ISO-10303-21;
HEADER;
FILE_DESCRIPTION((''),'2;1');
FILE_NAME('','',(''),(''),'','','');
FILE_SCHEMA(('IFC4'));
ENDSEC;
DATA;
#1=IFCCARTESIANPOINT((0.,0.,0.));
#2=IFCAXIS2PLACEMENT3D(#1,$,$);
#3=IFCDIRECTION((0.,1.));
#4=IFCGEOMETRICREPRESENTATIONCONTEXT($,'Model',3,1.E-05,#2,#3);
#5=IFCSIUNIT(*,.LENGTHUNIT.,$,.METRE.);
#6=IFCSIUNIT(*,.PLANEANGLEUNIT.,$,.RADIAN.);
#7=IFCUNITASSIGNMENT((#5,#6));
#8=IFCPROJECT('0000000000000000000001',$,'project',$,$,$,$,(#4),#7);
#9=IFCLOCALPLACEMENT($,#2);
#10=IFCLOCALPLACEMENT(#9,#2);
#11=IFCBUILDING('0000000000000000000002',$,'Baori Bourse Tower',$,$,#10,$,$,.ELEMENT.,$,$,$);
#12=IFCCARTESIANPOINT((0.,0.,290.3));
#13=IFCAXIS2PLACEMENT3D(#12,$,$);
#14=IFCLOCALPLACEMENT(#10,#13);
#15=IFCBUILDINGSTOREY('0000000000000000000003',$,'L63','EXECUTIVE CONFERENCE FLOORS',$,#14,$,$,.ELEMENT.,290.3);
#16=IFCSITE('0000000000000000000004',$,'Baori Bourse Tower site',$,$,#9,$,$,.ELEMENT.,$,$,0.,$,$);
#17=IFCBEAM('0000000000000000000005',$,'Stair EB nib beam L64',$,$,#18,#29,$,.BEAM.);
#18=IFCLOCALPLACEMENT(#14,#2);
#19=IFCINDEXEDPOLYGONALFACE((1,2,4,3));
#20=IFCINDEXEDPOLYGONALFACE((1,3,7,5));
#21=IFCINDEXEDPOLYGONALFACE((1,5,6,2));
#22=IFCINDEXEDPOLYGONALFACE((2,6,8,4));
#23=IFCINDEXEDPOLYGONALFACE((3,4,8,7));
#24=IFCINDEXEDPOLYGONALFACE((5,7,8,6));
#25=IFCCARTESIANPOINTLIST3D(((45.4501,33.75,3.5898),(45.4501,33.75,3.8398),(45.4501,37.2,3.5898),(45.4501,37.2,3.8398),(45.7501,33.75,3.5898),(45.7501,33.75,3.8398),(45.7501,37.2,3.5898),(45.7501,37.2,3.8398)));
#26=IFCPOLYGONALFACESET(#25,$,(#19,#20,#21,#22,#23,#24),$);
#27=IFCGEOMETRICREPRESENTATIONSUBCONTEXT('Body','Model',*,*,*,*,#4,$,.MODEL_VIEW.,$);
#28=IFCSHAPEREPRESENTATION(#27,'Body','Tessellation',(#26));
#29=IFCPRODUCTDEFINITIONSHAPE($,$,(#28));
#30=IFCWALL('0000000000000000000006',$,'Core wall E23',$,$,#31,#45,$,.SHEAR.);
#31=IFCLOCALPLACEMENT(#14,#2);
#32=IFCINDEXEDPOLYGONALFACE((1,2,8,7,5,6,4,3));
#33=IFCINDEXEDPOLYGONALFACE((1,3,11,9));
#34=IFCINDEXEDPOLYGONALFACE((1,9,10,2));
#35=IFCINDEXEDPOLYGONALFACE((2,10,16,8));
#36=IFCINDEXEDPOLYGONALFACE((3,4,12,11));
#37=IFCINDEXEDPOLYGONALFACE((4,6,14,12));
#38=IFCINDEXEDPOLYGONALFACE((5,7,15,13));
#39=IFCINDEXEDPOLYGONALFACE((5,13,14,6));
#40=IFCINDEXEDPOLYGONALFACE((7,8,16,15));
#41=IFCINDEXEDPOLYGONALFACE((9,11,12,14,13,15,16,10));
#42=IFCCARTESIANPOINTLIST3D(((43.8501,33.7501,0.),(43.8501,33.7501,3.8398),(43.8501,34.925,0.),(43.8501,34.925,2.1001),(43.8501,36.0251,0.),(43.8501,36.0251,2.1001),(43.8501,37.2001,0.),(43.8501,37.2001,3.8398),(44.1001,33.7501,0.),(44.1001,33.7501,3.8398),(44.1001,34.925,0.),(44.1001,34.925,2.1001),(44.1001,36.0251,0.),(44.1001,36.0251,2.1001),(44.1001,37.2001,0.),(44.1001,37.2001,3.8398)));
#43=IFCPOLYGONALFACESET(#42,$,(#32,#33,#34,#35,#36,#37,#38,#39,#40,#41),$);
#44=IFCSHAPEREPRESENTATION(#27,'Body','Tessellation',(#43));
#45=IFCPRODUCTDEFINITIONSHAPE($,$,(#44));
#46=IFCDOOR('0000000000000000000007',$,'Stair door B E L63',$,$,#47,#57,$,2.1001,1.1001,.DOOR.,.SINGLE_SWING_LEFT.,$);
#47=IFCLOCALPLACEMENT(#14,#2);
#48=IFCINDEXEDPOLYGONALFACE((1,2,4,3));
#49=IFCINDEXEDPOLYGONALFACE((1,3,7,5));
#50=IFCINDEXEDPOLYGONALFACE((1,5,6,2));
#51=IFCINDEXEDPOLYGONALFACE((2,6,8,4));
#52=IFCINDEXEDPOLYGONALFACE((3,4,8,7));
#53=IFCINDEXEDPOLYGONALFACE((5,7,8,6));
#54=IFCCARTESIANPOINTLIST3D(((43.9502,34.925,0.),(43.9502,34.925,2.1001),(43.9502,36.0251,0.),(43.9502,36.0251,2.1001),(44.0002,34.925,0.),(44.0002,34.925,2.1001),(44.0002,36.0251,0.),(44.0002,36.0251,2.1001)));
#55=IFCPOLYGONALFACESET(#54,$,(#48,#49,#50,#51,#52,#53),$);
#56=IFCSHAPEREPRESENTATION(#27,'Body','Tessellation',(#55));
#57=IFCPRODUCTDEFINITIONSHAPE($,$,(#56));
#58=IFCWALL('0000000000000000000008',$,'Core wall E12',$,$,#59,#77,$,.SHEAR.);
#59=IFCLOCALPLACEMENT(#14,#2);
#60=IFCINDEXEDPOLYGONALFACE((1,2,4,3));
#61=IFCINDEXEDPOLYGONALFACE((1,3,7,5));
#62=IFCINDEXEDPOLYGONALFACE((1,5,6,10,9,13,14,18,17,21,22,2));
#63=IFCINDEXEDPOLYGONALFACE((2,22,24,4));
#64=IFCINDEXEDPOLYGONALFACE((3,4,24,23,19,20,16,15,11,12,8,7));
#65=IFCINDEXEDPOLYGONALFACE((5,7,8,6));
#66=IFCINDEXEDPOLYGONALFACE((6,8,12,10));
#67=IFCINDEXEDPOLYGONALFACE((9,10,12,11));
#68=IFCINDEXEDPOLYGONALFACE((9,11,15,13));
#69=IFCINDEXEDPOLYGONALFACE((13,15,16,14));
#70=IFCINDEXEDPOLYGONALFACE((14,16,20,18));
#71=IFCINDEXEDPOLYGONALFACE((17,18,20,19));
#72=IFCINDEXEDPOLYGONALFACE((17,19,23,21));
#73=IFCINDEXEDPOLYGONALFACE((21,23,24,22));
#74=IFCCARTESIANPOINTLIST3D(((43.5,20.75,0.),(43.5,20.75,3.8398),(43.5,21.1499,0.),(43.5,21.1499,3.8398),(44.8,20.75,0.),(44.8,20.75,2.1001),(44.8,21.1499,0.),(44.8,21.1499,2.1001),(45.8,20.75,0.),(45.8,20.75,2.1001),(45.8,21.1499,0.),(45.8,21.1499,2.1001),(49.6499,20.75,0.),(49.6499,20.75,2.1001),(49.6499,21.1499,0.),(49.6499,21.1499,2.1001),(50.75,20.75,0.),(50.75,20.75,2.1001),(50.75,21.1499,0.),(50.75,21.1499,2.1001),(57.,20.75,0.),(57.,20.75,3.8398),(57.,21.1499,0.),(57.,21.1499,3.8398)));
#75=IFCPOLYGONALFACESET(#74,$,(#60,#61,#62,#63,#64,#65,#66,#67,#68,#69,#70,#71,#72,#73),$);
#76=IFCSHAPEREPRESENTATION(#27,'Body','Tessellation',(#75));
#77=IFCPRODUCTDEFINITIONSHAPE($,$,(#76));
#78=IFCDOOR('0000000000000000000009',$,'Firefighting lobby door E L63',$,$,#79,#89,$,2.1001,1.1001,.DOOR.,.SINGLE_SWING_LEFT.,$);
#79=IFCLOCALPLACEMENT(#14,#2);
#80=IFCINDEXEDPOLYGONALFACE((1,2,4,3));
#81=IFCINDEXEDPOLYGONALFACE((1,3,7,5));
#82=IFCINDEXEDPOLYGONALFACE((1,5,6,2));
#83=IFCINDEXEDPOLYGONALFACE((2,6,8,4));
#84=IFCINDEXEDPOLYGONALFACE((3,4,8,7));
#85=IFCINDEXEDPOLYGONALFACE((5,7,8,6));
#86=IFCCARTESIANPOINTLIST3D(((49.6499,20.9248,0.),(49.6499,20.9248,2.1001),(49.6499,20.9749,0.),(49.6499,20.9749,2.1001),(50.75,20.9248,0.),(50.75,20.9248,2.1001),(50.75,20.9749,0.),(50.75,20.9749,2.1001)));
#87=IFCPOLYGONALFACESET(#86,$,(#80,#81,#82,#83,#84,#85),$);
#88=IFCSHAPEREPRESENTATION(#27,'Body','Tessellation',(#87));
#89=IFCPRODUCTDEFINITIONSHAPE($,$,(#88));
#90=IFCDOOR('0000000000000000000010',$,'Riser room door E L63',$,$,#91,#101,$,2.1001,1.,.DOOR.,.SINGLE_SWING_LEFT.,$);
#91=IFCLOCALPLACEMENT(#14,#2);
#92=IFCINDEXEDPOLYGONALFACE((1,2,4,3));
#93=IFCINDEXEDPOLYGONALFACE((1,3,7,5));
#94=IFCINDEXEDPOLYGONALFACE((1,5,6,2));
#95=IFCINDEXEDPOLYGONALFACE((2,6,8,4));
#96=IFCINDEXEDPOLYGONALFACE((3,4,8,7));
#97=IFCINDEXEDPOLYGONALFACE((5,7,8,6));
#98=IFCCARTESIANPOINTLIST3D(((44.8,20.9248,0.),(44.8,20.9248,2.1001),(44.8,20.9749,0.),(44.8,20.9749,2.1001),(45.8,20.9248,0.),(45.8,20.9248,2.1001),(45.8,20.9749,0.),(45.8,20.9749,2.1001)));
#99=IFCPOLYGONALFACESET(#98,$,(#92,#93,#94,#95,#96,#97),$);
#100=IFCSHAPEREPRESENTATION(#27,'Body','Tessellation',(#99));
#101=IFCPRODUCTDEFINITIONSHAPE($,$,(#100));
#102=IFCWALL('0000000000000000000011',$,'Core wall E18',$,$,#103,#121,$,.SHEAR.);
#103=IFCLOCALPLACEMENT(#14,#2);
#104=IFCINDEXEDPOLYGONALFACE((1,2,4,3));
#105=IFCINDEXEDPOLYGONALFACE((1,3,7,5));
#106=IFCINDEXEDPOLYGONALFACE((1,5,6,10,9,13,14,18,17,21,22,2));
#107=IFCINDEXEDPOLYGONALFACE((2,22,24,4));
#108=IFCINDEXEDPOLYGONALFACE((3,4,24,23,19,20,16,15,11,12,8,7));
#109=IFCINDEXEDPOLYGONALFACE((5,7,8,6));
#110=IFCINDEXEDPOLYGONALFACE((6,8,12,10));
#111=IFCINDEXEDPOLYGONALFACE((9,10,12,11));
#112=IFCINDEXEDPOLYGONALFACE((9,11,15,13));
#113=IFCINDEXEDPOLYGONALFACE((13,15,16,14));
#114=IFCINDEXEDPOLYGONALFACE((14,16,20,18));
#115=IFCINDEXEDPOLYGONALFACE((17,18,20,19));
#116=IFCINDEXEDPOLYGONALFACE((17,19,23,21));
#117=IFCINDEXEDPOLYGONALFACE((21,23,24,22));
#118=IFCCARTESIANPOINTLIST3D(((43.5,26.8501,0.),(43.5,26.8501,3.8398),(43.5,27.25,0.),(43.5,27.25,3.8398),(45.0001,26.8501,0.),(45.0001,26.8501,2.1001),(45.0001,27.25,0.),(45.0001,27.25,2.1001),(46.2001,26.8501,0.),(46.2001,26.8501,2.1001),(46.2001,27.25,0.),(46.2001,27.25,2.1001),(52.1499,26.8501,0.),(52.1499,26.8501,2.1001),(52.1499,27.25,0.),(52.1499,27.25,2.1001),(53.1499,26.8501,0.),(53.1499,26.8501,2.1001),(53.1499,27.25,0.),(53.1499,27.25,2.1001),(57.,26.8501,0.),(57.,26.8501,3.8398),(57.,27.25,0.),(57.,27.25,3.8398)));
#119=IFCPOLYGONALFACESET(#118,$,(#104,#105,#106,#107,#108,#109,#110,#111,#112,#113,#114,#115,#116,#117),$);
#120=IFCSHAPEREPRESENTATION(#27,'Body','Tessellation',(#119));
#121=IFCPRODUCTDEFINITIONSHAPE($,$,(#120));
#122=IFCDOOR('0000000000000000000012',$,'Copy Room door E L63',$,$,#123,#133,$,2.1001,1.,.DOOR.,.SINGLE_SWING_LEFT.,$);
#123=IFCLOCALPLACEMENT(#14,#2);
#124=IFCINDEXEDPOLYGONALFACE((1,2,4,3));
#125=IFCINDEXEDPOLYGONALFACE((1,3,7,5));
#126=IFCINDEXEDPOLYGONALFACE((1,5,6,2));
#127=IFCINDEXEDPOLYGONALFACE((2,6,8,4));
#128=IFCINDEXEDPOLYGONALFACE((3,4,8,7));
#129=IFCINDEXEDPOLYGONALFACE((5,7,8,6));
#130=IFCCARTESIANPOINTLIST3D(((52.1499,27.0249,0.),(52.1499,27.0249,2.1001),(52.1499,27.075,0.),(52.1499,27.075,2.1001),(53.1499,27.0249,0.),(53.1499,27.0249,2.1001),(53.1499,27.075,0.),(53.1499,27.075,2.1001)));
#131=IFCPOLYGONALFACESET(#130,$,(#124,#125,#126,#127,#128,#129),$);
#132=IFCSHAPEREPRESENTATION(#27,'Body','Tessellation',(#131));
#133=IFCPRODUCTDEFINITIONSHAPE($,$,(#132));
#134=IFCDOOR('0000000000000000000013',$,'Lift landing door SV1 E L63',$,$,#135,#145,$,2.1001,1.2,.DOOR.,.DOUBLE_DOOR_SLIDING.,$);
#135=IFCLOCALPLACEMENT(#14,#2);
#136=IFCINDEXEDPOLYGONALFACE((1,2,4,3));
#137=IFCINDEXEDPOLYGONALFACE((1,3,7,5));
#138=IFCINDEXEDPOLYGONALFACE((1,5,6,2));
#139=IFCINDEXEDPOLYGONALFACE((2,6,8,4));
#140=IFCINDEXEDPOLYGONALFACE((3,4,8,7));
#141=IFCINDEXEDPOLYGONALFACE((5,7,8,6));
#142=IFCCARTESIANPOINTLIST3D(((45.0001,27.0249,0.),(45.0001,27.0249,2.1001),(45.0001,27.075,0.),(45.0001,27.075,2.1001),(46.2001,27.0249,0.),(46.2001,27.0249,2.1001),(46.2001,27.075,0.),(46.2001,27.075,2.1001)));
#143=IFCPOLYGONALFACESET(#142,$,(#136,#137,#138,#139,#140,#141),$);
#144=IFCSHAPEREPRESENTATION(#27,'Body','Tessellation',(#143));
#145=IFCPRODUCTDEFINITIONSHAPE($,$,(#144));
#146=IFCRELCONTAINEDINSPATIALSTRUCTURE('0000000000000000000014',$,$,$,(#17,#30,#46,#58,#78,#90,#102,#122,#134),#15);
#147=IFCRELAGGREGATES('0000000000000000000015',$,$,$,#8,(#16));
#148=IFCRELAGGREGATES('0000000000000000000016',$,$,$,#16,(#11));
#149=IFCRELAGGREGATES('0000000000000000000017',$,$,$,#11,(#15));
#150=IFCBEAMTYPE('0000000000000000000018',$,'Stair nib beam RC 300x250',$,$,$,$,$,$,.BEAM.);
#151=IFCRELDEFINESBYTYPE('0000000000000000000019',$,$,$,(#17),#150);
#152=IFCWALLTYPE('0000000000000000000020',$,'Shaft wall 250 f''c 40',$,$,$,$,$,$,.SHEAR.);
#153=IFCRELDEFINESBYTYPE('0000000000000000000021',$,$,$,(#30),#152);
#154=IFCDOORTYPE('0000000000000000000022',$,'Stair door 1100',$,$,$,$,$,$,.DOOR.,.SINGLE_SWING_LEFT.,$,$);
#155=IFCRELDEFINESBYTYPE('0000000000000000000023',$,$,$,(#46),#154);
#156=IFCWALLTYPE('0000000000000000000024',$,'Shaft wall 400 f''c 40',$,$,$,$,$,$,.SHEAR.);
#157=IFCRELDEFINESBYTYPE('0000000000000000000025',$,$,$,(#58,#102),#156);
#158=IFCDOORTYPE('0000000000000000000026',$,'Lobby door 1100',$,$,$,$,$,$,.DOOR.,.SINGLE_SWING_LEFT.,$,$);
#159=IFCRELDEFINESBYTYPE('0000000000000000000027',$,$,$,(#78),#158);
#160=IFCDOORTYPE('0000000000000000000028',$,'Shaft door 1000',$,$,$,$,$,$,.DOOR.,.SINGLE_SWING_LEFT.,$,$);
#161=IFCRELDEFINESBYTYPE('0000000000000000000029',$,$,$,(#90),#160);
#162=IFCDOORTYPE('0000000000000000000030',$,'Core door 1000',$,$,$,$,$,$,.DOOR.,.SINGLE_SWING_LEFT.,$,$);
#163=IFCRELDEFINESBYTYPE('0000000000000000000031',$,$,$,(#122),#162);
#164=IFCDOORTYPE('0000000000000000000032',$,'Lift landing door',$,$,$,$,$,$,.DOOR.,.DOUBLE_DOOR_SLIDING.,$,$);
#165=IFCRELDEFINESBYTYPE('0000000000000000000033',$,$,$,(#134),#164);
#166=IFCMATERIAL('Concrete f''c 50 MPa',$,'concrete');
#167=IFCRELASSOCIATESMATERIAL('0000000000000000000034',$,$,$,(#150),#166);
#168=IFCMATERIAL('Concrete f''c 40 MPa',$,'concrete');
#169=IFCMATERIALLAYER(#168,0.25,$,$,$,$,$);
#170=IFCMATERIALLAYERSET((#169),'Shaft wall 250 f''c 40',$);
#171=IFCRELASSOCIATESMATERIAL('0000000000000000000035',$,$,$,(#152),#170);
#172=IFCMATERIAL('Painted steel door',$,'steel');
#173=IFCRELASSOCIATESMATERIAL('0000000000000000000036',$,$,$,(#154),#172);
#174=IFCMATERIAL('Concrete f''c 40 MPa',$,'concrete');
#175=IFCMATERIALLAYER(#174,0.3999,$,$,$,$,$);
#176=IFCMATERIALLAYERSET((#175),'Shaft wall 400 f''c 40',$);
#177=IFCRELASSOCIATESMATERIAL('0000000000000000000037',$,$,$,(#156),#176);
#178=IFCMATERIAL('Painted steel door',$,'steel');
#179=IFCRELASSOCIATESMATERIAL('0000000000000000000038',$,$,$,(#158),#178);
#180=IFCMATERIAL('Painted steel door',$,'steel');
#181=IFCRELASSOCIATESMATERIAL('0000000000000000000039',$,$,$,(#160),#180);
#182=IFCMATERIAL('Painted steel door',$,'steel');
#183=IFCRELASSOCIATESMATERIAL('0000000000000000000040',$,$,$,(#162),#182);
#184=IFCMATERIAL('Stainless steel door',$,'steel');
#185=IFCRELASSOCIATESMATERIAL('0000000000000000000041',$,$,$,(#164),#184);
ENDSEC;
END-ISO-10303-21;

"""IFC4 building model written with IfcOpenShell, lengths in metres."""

from ifc_helpers import new_model, si_unit, direction, frame, frame_2d, origin, origin_2d, place, context, subcontext, project, spatial, rectangle, extrude, material, layer, layer_set, material_profile, profile_set, type_object, element, fill, save


model = new_model("IFC4")

# Units and contexts
model_context = context("Model", 3, precision=1e-05, world=origin(), true_north=direction((0.0, 1.0)))
body_context = subcontext(model_context, "Body", "Model", "MODEL_VIEW")
ifc_project = project(units=[si_unit("LENGTHUNIT", "METRE"), si_unit("PLANEANGLEUNIT", "RADIAN")], contexts=[model_context])

# Site, building, storey
site_placement = place(None, origin())
site = spatial("IfcSite", under=ifc_project, at=site_placement, Name="Baori Bourse Tower site", CompositionType="ELEMENT", RefElevation=0.0)
building_placement = place(site_placement, origin())
building = spatial("IfcBuilding", under=site, at=building_placement, Name="Baori Bourse Tower", CompositionType="ELEMENT")
storey_placement = place(building_placement, frame((0.0, 0.0, 290.3)))
storey = spatial("IfcBuildingStorey", under=building, at=storey_placement, Name="L63", Description="EXECUTIVE CONFERENCE FLOORS", CompositionType="ELEMENT", Elevation=290.3)

# Beam
ifc_material_1 = material(Name="Concrete f'c 50 MPa", Category="concrete")
ifc_material_profile = material_profile(ifc_material_1, rectangle(XDim=0.3, YDim=0.25, at=origin_2d()), Name="RC 300x250")
ifc_profile_set = profile_set([ifc_material_profile], Name="Concrete f'c 50 MPa")
beam_type = type_object("IfcBeamType", Name="Stair nib beam RC 300x250", PredefinedType="BEAM", material=ifc_profile_set)
beam_placement = place(storey_placement, frame((45.6001, 33.75, 3.7148), z_axis=(0.0, 1.0, 0.0), x_axis=(-1.0, 0.0, 0.0)))
element("IfcBeam", 1, at=beam_placement, inside=storey, type_object=beam_type, Name="Stair EB nib beam L64", PredefinedType="BEAM", context=body_context, shape_type="SweptSolid", body=[
    extrude(rectangle(XDim=0.3, YDim=0.25, at=origin_2d()), origin(), (0.0, 0.0, 1.0), 3.45),
])

# Wall, opening, door
ifc_material_2 = material(Name="Concrete f'c 40 MPa", Category="concrete")
ifc_layer_1 = layer(ifc_material_2, 0.25)
ifc_layer_set_1 = layer_set([ifc_layer_1], Name="Shaft wall 250 f'c 40")
wall_type_1 = type_object("IfcWallType", Name="Shaft wall 250 f'c 40", PredefinedType="SHEAR", material=ifc_layer_set_1)
wall_1_placement = place(storey_placement, frame((43.9751, 33.75, 0.0), z_axis=(0.0, 0.0, 1.0), x_axis=(0.0, 1.0, 0.0)))
wall_1 = element("IfcWall", 2, at=wall_1_placement, inside=storey, type_object=wall_type_1, Name="Core wall E23", PredefinedType="SHEAR", context=body_context, shape_type="SweptSolid", body=[
    extrude(rectangle(XDim=3.45, YDim=0.25, at=frame_2d((1.7251, 0.0))), origin(), (0.0, 0.0, 1.0), 3.8398),
])
opening_1_placement = place(wall_1_placement, frame((1.175, 0.0, 0.0)))
opening_1 = element("IfcOpeningElement", 3, at=opening_1_placement, cuts=wall_1, PredefinedType="OPENING", context=body_context, shape_type="SweptSolid", body=[
    extrude(rectangle(XDim=1.1001, YDim=2.1001, at=frame_2d((0.55, 1.05))), frame((0.0, 0.135, 0.0), z_axis=(0.0, -1.0, 0.0), x_axis=(1.0, 0.0, 0.0)), (0.0, 0.0, 1.0), 0.27),
])
ifc_material_3 = material(Name="Painted steel door", Category="steel")
door_type_1 = type_object("IfcDoorType", Name="Stair door 1100", OperationType="SINGLE_SWING_LEFT", PredefinedType="DOOR", material=ifc_material_3)
door_1_placement = place(opening_1_placement, origin())
door_1 = element("IfcDoor", 4, at=door_1_placement, inside=storey, type_object=door_type_1, Name="Stair door B E L63", OperationType="SINGLE_SWING_LEFT", OverallHeight=2.1001, OverallWidth=1.1001, PredefinedType="DOOR", context=body_context, shape_type="SweptSolid", body=[
    extrude(rectangle(XDim=1.1001, YDim=2.1001, at=frame_2d((0.55, 1.05))), frame((0.0, 0.0249, 0.0), z_axis=(0.0, -1.0, 0.0), x_axis=(1.0, 0.0, 0.0)), (0.0, 0.0, 1.0), 0.05),
])
fill(opening_1, door_1)

# Walls, openings, doors
ifc_material_4 = material(Name="Concrete f'c 40 MPa", Category="concrete")
ifc_layer_2 = layer(ifc_material_4, 0.3999)
ifc_layer_set_2 = layer_set([ifc_layer_2], Name="Shaft wall 400 f'c 40")
wall_type_2 = type_object("IfcWallType", Name="Shaft wall 400 f'c 40", PredefinedType="SHEAR", material=ifc_layer_set_2)
wall_2_placement = place(storey_placement, frame((43.5, 20.95, 0.0), z_axis=(0.0, 0.0, 1.0), x_axis=(1.0, 0.0, 0.0)))
wall_2 = element("IfcWall", 5, at=wall_2_placement, inside=storey, type_object=wall_type_2, Name="Core wall E12", PredefinedType="SHEAR", context=body_context, shape_type="SweptSolid", body=[
    extrude(rectangle(XDim=13.5, YDim=0.3999, at=frame_2d((6.75, 0.0))), origin(), (0.0, 0.0, 1.0), 3.8398),
])
opening_2_placement = place(wall_2_placement, frame((6.1499, 0.0, 0.0)))
opening_2 = element("IfcOpeningElement", 6, at=opening_2_placement, cuts=wall_2, PredefinedType="OPENING", context=body_context, shape_type="SweptSolid", body=[
    extrude(rectangle(XDim=1.1001, YDim=2.1001, at=frame_2d((0.55, 1.05))), frame((0.0, 0.21, 0.0), z_axis=(0.0, -1.0, 0.0), x_axis=(1.0, 0.0, 0.0)), (0.0, 0.0, 1.0), 0.4199),
])
opening_3_placement = place(wall_2_placement, frame((1.3, 0.0, 0.0)))
opening_3 = element("IfcOpeningElement", 7, at=opening_3_placement, cuts=wall_2, PredefinedType="OPENING", context=body_context, shape_type="SweptSolid", body=[
    extrude(rectangle(XDim=1.0, YDim=2.1001, at=frame_2d((0.5, 1.05))), frame((0.0, 0.21, 0.0), z_axis=(0.0, -1.0, 0.0), x_axis=(1.0, 0.0, 0.0)), (0.0, 0.0, 1.0), 0.4199),
])
ifc_material_5 = material(Name="Painted steel door", Category="steel")
door_type_2 = type_object("IfcDoorType", Name="Lobby door 1100", OperationType="SINGLE_SWING_LEFT", PredefinedType="DOOR", material=ifc_material_5)
door_2_placement = place(opening_2_placement, origin())
door_2 = element("IfcDoor", 8, at=door_2_placement, inside=storey, type_object=door_type_2, Name="Firefighting lobby door E L63", OperationType="SINGLE_SWING_LEFT", OverallHeight=2.1001, OverallWidth=1.1001, PredefinedType="DOOR", context=body_context, shape_type="SweptSolid", body=[
    extrude(rectangle(XDim=1.1001, YDim=2.1001, at=frame_2d((0.55, 1.05))), frame((0.0, 0.0249, 0.0), z_axis=(0.0, -1.0, 0.0), x_axis=(1.0, 0.0, 0.0)), (0.0, 0.0, 1.0), 0.05),
])
fill(opening_2, door_2)
ifc_material_6 = material(Name="Painted steel door", Category="steel")
door_type_3 = type_object("IfcDoorType", Name="Shaft door 1000", OperationType="SINGLE_SWING_LEFT", PredefinedType="DOOR", material=ifc_material_6)
door_3_placement = place(opening_3_placement, origin())
door_3 = element("IfcDoor", 9, at=door_3_placement, inside=storey, type_object=door_type_3, Name="Riser room door E L63", OperationType="SINGLE_SWING_LEFT", OverallHeight=2.1001, OverallWidth=1.0, PredefinedType="DOOR", context=body_context, shape_type="SweptSolid", body=[
    extrude(rectangle(XDim=1.0, YDim=2.1001, at=frame_2d((0.5, 1.05))), frame((0.0, 0.0249, 0.0), z_axis=(0.0, -1.0, 0.0), x_axis=(1.0, 0.0, 0.0)), (0.0, 0.0, 1.0), 0.05),
])
fill(opening_3, door_3)
wall_3_placement = place(storey_placement, frame((43.5, 27.05, 0.0), z_axis=(0.0, 0.0, 1.0), x_axis=(1.0, 0.0, 0.0)))
wall_3 = element("IfcWall", 10, at=wall_3_placement, inside=storey, type_object=wall_type_2, Name="Core wall E18", PredefinedType="SHEAR", context=body_context, shape_type="SweptSolid", body=[
    extrude(rectangle(XDim=13.5, YDim=0.3999, at=frame_2d((6.75, 0.0))), origin(), (0.0, 0.0, 1.0), 3.8398),
])
opening_4_placement = place(wall_3_placement, frame((8.6499, 0.0, 0.0)))
opening_4 = element("IfcOpeningElement", 11, at=opening_4_placement, cuts=wall_3, PredefinedType="OPENING", context=body_context, shape_type="SweptSolid", body=[
    extrude(rectangle(XDim=1.0, YDim=2.1001, at=frame_2d((0.5, 1.05))), frame((0.0, 0.21, 0.0), z_axis=(0.0, -1.0, 0.0), x_axis=(1.0, 0.0, 0.0)), (0.0, 0.0, 1.0), 0.4199),
])
opening_5_placement = place(wall_3_placement, frame((1.5, 0.0, 0.0)))
opening_5 = element("IfcOpeningElement", 12, at=opening_5_placement, cuts=wall_3, PredefinedType="OPENING", context=body_context, shape_type="SweptSolid", body=[
    extrude(rectangle(XDim=1.2, YDim=2.1001, at=frame_2d((0.6001, 1.05))), frame((0.0, 0.21, 0.0), z_axis=(0.0, -1.0, 0.0), x_axis=(1.0, 0.0, 0.0)), (0.0, 0.0, 1.0), 0.4199),
])
ifc_material_7 = material(Name="Painted steel door", Category="steel")
door_type_4 = type_object("IfcDoorType", Name="Core door 1000", OperationType="SINGLE_SWING_LEFT", PredefinedType="DOOR", material=ifc_material_7)
door_4_placement = place(opening_4_placement, origin())
door_4 = element("IfcDoor", 13, at=door_4_placement, inside=storey, type_object=door_type_4, Name="Copy Room door E L63", OperationType="SINGLE_SWING_LEFT", OverallHeight=2.1001, OverallWidth=1.0, PredefinedType="DOOR", context=body_context, shape_type="SweptSolid", body=[
    extrude(rectangle(XDim=1.0, YDim=2.1001, at=frame_2d((0.5, 1.05))), frame((0.0, 0.0249, 0.0), z_axis=(0.0, -1.0, 0.0), x_axis=(1.0, 0.0, 0.0)), (0.0, 0.0, 1.0), 0.05),
])
fill(opening_4, door_4)
ifc_material_8 = material(Name="Stainless steel door", Category="steel")
door_type_5 = type_object("IfcDoorType", Name="Lift landing door", OperationType="DOUBLE_DOOR_SLIDING", PredefinedType="DOOR", material=ifc_material_8)
door_5_placement = place(opening_5_placement, origin())
door_5 = element("IfcDoor", 14, at=door_5_placement, inside=storey, type_object=door_type_5, Name="Lift landing door SV1 E L63", OperationType="DOUBLE_DOOR_SLIDING", OverallHeight=2.1001, OverallWidth=1.2, PredefinedType="DOOR", context=body_context, shape_type="SweptSolid", body=[
    extrude(rectangle(XDim=1.2, YDim=2.1001, at=frame_2d((0.6001, 1.05))), frame((0.0, 0.0249, 0.0), z_axis=(0.0, -1.0, 0.0), x_axis=(1.0, 0.0, 0.0)), (0.0, 0.0, 1.0), 0.05),
])
fill(opening_5, door_5)

save(model, "model.ifc")
